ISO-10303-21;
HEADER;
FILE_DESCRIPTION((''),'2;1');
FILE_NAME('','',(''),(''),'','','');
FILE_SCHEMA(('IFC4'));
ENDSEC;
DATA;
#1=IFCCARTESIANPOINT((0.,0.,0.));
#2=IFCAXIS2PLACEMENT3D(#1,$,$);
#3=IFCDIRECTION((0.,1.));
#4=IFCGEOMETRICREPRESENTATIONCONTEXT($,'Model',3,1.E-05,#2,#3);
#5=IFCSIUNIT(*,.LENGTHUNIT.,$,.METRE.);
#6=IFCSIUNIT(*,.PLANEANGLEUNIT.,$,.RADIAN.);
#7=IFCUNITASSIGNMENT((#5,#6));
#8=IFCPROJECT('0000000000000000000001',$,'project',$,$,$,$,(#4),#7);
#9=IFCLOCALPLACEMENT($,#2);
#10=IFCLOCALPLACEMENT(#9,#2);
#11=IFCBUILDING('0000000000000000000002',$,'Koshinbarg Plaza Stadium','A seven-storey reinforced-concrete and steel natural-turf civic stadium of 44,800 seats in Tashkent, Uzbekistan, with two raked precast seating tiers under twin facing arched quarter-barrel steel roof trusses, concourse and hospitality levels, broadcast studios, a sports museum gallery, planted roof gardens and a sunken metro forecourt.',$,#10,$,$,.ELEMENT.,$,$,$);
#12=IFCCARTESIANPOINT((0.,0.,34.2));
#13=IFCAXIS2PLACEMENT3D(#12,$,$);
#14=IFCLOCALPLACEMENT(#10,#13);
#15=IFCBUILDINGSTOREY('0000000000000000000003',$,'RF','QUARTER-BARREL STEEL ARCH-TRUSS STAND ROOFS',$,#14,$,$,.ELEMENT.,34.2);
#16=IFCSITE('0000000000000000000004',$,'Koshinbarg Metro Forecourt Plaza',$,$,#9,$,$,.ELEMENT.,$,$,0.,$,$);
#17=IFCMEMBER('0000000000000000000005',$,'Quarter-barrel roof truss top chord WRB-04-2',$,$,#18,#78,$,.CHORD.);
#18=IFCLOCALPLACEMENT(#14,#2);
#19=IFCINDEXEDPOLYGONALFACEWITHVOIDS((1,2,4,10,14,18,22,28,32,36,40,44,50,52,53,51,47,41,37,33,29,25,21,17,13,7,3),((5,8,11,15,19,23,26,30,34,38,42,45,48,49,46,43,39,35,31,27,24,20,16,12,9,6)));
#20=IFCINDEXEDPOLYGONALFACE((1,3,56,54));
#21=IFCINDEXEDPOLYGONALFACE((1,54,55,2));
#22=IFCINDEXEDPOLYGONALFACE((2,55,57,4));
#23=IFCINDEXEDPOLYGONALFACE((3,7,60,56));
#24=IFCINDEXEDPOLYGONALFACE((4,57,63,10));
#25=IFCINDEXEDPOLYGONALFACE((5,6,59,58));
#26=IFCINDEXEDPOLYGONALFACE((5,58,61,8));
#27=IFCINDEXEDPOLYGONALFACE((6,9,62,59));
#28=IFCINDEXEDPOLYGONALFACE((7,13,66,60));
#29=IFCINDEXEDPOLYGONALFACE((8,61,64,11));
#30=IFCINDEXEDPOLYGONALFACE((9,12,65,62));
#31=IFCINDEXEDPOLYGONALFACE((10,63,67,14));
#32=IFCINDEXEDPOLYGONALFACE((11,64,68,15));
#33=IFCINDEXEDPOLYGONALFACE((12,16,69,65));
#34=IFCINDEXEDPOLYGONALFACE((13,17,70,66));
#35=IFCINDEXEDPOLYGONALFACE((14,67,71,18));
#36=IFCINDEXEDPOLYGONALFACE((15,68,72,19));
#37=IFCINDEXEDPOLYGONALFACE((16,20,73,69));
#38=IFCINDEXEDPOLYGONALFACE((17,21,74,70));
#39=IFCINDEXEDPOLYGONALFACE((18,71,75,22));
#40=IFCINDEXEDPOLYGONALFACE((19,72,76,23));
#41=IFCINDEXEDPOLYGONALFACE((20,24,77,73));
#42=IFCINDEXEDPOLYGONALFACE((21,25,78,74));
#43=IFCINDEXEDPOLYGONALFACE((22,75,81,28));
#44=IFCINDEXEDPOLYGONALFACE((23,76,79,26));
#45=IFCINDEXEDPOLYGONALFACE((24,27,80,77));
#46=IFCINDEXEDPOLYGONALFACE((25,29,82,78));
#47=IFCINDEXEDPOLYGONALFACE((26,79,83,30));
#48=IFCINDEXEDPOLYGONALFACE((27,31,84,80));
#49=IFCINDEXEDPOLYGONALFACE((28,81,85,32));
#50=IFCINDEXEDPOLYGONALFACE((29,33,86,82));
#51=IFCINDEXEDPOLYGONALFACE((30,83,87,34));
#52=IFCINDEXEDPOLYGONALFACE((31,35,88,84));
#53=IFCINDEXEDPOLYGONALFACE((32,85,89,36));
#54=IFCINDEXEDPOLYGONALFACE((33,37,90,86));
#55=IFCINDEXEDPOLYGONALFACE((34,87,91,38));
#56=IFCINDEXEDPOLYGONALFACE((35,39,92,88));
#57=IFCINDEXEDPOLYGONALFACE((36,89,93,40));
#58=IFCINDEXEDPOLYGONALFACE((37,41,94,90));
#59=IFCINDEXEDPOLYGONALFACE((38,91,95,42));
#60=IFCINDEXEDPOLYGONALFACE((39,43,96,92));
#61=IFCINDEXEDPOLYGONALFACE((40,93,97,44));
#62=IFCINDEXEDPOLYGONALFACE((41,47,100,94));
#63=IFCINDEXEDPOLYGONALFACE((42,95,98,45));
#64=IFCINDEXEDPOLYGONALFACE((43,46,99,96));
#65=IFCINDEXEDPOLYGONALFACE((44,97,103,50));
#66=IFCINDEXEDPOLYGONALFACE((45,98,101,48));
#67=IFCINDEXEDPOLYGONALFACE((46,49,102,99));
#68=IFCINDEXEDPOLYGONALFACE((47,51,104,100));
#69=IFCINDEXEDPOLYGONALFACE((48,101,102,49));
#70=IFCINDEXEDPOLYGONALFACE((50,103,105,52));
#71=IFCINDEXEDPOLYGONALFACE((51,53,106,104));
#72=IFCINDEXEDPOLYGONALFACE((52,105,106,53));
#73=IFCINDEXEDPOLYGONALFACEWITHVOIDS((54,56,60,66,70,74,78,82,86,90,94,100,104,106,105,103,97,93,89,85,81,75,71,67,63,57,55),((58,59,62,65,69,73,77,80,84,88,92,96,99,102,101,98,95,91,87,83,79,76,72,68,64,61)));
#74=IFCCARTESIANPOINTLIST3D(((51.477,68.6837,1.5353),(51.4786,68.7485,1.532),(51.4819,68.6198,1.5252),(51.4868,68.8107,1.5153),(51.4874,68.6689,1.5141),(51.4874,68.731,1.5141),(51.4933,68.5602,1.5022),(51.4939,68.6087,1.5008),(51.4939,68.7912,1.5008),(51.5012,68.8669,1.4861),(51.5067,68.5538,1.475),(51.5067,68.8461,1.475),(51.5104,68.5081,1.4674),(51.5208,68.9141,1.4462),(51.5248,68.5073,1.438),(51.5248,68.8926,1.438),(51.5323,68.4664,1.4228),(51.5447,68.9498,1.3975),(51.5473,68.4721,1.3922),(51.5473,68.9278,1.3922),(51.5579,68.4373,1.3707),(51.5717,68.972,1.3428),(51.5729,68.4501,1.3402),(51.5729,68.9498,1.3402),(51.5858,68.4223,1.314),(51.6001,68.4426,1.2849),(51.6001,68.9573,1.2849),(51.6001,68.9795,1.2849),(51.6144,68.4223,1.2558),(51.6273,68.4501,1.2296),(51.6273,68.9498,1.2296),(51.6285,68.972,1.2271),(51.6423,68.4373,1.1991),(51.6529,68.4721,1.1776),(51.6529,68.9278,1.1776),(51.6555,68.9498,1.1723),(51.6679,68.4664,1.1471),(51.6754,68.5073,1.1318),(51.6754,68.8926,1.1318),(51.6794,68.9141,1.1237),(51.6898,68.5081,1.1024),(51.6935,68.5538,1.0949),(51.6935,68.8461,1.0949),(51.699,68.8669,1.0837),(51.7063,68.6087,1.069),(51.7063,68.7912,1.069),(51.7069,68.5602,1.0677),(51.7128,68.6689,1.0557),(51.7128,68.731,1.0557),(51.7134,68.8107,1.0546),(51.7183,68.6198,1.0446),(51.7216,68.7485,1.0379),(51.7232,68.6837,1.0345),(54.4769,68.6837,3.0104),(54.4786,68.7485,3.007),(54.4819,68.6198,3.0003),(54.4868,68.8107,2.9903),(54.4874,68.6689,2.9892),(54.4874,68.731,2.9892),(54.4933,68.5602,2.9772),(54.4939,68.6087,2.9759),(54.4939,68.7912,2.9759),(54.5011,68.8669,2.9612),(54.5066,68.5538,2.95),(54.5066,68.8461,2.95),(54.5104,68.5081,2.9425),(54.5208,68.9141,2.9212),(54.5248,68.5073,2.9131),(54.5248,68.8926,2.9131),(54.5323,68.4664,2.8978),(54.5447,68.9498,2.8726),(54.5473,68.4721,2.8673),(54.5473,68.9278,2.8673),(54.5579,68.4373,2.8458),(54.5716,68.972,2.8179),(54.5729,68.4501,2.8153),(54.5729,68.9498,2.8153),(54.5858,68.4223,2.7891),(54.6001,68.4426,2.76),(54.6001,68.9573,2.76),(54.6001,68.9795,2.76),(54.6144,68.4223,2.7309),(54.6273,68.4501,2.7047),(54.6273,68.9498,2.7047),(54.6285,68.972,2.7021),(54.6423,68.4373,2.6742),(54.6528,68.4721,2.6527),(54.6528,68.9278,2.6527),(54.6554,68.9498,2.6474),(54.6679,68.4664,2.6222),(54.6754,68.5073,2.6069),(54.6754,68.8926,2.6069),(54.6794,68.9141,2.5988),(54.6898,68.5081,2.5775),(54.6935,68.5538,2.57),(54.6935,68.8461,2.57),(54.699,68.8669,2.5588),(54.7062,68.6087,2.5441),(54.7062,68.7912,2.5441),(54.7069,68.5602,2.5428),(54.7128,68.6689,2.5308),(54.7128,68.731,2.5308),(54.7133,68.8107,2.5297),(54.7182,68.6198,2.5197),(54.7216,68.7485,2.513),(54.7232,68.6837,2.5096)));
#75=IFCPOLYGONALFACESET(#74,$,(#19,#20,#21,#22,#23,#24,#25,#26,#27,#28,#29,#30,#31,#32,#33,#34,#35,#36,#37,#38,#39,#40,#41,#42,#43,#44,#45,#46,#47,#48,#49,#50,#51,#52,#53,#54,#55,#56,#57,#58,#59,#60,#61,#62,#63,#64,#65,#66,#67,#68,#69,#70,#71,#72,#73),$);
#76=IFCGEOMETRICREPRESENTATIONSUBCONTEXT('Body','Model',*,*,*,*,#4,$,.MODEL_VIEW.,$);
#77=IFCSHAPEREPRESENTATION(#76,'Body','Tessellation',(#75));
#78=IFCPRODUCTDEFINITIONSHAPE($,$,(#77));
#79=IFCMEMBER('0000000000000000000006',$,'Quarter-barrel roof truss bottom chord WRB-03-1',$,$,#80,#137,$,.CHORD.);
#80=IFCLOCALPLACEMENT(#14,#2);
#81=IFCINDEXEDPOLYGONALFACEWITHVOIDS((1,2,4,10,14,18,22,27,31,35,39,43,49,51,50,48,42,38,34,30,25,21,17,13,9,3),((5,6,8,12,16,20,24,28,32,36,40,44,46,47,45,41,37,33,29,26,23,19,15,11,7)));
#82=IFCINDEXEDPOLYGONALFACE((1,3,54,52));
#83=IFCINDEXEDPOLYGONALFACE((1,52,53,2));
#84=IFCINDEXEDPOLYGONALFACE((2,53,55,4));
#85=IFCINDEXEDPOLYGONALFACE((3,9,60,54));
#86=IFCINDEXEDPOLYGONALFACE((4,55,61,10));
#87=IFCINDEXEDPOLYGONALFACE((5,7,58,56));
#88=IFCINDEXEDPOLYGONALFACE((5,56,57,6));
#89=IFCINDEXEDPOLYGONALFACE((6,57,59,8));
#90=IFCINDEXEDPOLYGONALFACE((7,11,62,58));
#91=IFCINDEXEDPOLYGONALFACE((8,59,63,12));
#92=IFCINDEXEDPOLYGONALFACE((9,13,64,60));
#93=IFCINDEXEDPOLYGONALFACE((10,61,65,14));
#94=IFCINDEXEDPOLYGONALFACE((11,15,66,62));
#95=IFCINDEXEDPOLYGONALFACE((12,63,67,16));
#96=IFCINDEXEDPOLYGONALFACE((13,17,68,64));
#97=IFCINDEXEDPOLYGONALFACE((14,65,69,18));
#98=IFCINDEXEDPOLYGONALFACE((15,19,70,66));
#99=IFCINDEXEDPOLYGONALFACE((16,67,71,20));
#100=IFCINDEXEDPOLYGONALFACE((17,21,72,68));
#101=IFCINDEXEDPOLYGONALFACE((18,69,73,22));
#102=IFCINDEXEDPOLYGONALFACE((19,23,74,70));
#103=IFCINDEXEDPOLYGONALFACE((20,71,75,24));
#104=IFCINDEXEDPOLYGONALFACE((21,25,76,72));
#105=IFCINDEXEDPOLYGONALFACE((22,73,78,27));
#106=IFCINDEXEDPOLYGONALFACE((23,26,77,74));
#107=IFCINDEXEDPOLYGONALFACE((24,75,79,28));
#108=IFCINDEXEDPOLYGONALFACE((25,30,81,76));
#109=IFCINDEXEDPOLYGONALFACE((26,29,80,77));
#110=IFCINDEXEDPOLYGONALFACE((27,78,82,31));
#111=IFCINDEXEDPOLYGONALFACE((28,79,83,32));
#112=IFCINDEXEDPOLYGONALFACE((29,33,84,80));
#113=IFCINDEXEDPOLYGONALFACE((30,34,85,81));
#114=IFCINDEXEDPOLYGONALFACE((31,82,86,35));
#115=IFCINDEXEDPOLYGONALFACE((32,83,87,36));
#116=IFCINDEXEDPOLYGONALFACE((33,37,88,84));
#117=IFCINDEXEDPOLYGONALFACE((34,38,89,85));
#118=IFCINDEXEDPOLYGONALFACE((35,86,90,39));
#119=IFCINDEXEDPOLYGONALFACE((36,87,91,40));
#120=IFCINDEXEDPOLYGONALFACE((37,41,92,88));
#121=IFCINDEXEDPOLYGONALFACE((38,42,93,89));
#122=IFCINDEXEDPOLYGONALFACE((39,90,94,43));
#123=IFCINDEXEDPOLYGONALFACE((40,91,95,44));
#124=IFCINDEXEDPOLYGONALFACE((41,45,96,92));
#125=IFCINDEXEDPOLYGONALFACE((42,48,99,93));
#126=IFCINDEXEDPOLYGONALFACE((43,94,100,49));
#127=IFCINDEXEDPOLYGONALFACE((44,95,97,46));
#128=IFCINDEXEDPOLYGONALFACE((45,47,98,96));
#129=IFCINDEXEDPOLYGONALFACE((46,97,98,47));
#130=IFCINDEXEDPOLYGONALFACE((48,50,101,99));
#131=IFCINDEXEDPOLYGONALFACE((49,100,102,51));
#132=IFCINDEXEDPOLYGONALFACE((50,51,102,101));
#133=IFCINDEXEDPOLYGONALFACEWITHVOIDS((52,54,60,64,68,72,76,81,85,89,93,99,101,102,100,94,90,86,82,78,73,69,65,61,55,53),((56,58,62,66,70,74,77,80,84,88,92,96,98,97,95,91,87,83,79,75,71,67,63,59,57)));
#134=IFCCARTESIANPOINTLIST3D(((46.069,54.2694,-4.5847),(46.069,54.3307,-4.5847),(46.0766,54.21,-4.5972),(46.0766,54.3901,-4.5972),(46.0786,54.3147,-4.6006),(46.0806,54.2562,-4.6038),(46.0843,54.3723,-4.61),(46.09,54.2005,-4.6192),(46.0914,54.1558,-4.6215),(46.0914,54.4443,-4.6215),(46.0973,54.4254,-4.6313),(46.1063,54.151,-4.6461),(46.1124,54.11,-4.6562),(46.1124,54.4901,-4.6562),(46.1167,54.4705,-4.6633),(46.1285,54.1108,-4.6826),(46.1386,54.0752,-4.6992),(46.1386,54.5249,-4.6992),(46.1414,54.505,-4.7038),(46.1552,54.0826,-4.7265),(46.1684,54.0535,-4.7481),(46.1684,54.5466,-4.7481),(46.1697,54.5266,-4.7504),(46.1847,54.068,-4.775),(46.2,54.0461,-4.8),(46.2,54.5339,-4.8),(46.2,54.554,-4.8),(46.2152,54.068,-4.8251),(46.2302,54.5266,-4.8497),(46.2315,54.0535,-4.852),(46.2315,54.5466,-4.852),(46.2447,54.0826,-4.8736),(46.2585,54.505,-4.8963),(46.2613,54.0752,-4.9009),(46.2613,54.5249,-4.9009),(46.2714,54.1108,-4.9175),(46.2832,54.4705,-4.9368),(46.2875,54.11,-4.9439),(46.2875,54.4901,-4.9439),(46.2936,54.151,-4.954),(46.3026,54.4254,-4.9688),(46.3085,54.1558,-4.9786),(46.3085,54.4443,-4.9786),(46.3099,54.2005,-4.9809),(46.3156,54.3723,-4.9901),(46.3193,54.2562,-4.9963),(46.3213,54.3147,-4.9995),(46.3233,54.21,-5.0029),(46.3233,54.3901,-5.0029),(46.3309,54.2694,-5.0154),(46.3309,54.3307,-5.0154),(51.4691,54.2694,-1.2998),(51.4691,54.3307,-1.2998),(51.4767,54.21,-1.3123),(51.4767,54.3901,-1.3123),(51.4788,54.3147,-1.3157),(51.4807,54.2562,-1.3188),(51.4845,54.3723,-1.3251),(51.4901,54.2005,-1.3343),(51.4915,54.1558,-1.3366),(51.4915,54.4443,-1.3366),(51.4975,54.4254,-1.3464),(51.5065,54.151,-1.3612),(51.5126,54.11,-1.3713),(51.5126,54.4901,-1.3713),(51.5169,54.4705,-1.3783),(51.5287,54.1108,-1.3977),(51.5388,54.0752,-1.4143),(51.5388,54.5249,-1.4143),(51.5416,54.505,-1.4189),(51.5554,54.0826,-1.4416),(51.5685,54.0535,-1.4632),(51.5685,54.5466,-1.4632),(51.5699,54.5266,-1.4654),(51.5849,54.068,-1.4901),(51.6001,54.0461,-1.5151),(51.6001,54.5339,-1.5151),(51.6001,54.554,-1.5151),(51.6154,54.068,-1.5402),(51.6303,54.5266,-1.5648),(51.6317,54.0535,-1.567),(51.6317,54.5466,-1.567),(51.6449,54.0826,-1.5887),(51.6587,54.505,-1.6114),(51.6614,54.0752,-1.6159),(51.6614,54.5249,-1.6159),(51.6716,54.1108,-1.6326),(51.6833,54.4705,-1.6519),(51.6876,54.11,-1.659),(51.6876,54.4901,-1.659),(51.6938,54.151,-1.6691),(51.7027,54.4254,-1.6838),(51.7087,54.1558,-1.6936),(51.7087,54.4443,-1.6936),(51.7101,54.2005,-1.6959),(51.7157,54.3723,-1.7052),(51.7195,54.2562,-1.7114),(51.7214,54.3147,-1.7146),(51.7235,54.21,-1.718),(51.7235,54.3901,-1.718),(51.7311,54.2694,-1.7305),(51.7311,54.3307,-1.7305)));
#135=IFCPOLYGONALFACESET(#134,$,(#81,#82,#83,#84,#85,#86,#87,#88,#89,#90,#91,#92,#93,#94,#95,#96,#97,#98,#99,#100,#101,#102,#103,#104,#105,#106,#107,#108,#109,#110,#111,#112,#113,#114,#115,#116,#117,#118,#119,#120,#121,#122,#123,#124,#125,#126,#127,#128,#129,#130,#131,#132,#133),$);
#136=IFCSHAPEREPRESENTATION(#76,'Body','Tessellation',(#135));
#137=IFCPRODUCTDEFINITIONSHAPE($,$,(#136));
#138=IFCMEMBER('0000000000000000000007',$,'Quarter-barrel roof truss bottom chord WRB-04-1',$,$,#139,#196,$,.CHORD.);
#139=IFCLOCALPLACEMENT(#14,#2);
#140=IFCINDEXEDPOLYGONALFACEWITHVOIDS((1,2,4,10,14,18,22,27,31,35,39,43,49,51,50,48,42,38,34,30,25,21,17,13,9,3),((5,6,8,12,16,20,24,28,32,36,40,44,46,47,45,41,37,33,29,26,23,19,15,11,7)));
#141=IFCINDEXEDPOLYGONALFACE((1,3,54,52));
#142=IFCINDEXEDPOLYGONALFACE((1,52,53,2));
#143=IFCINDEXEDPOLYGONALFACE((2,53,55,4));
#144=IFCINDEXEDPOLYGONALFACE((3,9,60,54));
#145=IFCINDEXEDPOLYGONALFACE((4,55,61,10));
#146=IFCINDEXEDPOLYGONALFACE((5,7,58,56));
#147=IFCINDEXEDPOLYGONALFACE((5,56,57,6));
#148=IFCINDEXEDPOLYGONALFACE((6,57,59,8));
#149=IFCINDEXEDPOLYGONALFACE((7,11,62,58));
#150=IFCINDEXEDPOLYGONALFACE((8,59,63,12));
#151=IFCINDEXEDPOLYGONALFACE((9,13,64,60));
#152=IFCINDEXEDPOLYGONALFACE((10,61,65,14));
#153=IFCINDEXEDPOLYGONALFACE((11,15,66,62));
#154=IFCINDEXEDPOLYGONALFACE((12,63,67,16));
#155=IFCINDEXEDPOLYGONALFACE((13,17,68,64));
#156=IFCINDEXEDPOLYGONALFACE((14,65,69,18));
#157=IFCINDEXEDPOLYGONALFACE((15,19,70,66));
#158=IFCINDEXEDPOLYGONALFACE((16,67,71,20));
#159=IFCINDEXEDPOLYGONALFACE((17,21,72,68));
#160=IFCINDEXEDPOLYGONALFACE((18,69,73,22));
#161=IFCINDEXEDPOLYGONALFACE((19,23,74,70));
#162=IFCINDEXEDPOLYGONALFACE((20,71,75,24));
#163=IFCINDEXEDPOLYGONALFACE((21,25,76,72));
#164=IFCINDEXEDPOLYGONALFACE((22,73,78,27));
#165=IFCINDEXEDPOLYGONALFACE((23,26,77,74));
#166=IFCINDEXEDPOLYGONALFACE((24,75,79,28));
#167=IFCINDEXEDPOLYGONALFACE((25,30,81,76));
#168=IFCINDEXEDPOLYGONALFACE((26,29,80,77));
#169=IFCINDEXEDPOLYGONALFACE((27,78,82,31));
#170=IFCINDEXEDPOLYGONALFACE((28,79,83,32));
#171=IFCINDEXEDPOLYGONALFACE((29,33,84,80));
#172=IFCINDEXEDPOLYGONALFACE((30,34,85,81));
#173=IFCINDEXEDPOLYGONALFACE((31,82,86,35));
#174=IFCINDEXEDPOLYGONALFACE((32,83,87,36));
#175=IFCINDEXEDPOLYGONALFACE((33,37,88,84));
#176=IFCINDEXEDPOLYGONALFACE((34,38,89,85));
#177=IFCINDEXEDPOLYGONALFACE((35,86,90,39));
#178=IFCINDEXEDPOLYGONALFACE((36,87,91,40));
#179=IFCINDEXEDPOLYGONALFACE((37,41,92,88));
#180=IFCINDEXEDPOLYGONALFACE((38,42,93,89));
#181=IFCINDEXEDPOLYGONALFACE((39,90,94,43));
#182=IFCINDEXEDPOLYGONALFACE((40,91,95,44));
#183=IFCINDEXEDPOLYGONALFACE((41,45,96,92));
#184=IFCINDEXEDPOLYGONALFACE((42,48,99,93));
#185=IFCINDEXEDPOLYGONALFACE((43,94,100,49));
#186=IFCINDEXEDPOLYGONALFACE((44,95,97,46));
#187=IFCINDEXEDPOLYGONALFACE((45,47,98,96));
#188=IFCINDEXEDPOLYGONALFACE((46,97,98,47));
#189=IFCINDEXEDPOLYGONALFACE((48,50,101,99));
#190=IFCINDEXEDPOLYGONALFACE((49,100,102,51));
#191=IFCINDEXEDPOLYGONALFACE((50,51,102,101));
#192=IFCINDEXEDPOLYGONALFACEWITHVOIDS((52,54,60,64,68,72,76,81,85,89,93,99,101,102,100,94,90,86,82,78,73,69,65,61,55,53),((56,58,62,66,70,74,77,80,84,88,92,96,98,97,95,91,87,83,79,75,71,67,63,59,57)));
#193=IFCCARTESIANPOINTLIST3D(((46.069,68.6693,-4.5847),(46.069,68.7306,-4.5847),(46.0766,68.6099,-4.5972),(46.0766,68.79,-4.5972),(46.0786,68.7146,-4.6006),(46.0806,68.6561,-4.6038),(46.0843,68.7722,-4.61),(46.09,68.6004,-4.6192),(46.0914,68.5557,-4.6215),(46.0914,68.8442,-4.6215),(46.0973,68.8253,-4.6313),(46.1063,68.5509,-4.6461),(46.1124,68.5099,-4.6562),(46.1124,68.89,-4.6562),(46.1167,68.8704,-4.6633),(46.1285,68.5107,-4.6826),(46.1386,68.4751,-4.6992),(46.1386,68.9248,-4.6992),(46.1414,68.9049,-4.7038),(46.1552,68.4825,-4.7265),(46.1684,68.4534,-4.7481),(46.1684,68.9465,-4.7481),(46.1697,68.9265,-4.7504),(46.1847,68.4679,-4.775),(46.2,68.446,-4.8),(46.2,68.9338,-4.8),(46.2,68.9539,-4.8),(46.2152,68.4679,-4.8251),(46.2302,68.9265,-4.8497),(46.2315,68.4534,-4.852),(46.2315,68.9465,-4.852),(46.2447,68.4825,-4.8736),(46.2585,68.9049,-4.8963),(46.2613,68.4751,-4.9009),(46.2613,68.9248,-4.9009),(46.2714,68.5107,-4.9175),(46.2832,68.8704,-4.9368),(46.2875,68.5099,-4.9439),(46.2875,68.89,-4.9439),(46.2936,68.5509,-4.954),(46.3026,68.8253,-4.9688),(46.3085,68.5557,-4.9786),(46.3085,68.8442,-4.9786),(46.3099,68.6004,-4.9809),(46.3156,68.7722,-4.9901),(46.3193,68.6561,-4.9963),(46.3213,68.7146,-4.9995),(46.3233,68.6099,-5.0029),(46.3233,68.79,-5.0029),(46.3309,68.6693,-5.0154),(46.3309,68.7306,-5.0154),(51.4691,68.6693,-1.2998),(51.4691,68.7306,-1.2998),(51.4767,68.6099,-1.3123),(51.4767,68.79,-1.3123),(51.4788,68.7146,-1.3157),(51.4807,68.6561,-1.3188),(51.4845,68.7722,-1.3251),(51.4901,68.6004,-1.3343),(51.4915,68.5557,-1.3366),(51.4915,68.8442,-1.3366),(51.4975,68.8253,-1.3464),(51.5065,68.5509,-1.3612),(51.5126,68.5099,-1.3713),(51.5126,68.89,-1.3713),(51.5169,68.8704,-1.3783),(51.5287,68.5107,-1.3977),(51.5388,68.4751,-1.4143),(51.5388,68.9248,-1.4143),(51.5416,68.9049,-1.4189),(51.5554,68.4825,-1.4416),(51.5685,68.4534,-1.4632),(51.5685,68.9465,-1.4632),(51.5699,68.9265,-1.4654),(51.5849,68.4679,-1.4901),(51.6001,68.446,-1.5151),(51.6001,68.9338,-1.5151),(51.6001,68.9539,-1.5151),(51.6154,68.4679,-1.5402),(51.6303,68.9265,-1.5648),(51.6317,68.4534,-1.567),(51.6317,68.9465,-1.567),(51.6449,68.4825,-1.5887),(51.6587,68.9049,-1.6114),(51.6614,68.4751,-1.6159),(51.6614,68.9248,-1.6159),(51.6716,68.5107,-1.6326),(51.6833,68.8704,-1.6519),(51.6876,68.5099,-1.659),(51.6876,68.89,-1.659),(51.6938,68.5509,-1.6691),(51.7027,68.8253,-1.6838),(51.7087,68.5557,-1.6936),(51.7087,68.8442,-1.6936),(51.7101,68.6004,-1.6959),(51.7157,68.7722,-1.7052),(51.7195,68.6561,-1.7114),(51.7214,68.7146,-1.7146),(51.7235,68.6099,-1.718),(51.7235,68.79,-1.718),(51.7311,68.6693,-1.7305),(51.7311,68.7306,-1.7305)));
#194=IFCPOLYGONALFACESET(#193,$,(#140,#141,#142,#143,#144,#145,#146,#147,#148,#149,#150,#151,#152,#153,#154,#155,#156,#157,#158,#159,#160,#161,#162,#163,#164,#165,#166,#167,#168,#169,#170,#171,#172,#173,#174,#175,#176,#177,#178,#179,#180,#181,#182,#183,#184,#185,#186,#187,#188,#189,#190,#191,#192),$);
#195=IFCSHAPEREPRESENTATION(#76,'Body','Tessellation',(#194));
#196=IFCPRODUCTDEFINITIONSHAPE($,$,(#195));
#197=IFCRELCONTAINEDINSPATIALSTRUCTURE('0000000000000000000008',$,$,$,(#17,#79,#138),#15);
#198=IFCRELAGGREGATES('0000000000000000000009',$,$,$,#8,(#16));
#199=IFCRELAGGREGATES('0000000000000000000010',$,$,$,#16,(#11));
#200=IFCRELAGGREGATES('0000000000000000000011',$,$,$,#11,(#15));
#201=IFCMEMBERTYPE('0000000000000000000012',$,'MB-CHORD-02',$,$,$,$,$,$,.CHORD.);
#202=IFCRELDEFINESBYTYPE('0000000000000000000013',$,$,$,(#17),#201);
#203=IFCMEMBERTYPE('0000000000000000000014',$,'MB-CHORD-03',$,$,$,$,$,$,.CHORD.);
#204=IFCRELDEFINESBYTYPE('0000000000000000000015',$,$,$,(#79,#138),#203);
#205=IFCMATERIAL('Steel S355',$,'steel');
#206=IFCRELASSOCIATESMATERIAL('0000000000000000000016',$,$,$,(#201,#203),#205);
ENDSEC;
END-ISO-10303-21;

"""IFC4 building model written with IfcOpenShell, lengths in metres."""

from ifc_helpers import new_model, si_unit, direction, frame, origin, origin_2d, place, context, subcontext, project, spatial, hollow_circle, extrude, material, material_profile, profile_set, type_object, element, save


model = new_model("IFC4")

# Units and contexts
model_context = context("Model", 3, precision=1e-05, world=origin(), true_north=direction((0.0, 1.0)))
body_context = subcontext(model_context, "Body", "Model", "MODEL_VIEW")
ifc_project = project(units=[si_unit("LENGTHUNIT", "METRE"), si_unit("PLANEANGLEUNIT", "RADIAN")], contexts=[model_context])

# Site, building, storey
site_placement = place(None, origin())
site = spatial("IfcSite", under=ifc_project, at=site_placement, Name="Koshinbarg Metro Forecourt Plaza", CompositionType="ELEMENT", RefElevation=0.0)
building_placement = place(site_placement, origin())
building = spatial("IfcBuilding", under=site, at=building_placement, Name="Koshinbarg Plaza Stadium", Description="A seven-storey reinforced-concrete and steel natural-turf civic stadium of 44,800 seats in Tashkent, Uzbekistan, with two raked precast seating tiers under twin facing arched quarter-barrel steel roof trusses, concourse and hospitality levels, broadcast studios, a sports museum gallery, planted roof gardens and a sunken metro forecourt.", CompositionType="ELEMENT")
storey_placement = place(building_placement, frame((0.0, 0.0, 34.2)))
storey = spatial("IfcBuildingStorey", under=building, at=storey_placement, Name="RF", Description="QUARTER-BARREL STEEL ARCH-TRUSS STAND ROOFS", CompositionType="ELEMENT", Elevation=34.2)

# Shared definitions
ifc_material_1 = material(Name="Steel S355", Category="steel")

# Members
ifc_material_profile_1 = material_profile(ifc_material_1, hollow_circle(Radius=0.2795, WallThickness=0.0222, at=origin_2d()), Name="CHS 559x22.2")
ifc_profile_set_1 = profile_set([ifc_material_profile_1], Name="Steel S355")
member_type_1 = type_object("IfcMemberType", Name="MB-CHORD-02", PredefinedType="CHORD", material=ifc_profile_set_1)
for number, where, z_axis, x_axis, name in (
    (1, (51.6001, 68.7, 1.2849), (0.897387, 0.0, 0.441244), (0.0, 1.0, 0.0), "Quarter-barrel roof truss top chord WRB-04-2"),
):
    element("IfcMember", number, at=place(storey_placement, frame(where, z_axis=z_axis, x_axis=x_axis)), inside=storey, type_object=member_type_1, Name=name, PredefinedType="CHORD", context=body_context, shape_type="SweptSolid", body=[
        extrude(hollow_circle(Radius=0.2795, WallThickness=0.0222, at=origin_2d()), origin(), (0.0, 0.0, 1.0), 3.343),
    ])
ifc_material_profile_2 = material_profile(ifc_material_1, hollow_circle(Radius=0.2539, WallThickness=0.02, at=origin_2d()), Name="CHS 508x20")
ifc_profile_set_2 = profile_set([ifc_material_profile_2], Name="Steel S355")
member_type_2 = type_object("IfcMemberType", Name="MB-CHORD-03", PredefinedType="CHORD", material=ifc_profile_set_2)
for number, where, z_axis, x_axis, name in (
    (2, (46.2, 54.3, -4.8), (0.854348, 0.0, 0.519701), (0.0, 1.0, 0.0), "Quarter-barrel roof truss bottom chord WRB-03-1"),
    (3, (46.2, 68.7, -4.8), (0.854348, 0.0, 0.519701), (0.0, 1.0, 0.0), "Quarter-barrel roof truss bottom chord WRB-04-1"),
):
    element("IfcMember", number, at=place(storey_placement, frame(where, z_axis=z_axis, x_axis=x_axis)), inside=storey, type_object=member_type_2, Name=name, PredefinedType="CHORD", context=body_context, shape_type="SweptSolid", body=[
        extrude(hollow_circle(Radius=0.2539, WallThickness=0.02, at=origin_2d()), origin(), (0.0, 0.0, 1.0), 6.3208),
    ])

save(model, "model.ifc")
